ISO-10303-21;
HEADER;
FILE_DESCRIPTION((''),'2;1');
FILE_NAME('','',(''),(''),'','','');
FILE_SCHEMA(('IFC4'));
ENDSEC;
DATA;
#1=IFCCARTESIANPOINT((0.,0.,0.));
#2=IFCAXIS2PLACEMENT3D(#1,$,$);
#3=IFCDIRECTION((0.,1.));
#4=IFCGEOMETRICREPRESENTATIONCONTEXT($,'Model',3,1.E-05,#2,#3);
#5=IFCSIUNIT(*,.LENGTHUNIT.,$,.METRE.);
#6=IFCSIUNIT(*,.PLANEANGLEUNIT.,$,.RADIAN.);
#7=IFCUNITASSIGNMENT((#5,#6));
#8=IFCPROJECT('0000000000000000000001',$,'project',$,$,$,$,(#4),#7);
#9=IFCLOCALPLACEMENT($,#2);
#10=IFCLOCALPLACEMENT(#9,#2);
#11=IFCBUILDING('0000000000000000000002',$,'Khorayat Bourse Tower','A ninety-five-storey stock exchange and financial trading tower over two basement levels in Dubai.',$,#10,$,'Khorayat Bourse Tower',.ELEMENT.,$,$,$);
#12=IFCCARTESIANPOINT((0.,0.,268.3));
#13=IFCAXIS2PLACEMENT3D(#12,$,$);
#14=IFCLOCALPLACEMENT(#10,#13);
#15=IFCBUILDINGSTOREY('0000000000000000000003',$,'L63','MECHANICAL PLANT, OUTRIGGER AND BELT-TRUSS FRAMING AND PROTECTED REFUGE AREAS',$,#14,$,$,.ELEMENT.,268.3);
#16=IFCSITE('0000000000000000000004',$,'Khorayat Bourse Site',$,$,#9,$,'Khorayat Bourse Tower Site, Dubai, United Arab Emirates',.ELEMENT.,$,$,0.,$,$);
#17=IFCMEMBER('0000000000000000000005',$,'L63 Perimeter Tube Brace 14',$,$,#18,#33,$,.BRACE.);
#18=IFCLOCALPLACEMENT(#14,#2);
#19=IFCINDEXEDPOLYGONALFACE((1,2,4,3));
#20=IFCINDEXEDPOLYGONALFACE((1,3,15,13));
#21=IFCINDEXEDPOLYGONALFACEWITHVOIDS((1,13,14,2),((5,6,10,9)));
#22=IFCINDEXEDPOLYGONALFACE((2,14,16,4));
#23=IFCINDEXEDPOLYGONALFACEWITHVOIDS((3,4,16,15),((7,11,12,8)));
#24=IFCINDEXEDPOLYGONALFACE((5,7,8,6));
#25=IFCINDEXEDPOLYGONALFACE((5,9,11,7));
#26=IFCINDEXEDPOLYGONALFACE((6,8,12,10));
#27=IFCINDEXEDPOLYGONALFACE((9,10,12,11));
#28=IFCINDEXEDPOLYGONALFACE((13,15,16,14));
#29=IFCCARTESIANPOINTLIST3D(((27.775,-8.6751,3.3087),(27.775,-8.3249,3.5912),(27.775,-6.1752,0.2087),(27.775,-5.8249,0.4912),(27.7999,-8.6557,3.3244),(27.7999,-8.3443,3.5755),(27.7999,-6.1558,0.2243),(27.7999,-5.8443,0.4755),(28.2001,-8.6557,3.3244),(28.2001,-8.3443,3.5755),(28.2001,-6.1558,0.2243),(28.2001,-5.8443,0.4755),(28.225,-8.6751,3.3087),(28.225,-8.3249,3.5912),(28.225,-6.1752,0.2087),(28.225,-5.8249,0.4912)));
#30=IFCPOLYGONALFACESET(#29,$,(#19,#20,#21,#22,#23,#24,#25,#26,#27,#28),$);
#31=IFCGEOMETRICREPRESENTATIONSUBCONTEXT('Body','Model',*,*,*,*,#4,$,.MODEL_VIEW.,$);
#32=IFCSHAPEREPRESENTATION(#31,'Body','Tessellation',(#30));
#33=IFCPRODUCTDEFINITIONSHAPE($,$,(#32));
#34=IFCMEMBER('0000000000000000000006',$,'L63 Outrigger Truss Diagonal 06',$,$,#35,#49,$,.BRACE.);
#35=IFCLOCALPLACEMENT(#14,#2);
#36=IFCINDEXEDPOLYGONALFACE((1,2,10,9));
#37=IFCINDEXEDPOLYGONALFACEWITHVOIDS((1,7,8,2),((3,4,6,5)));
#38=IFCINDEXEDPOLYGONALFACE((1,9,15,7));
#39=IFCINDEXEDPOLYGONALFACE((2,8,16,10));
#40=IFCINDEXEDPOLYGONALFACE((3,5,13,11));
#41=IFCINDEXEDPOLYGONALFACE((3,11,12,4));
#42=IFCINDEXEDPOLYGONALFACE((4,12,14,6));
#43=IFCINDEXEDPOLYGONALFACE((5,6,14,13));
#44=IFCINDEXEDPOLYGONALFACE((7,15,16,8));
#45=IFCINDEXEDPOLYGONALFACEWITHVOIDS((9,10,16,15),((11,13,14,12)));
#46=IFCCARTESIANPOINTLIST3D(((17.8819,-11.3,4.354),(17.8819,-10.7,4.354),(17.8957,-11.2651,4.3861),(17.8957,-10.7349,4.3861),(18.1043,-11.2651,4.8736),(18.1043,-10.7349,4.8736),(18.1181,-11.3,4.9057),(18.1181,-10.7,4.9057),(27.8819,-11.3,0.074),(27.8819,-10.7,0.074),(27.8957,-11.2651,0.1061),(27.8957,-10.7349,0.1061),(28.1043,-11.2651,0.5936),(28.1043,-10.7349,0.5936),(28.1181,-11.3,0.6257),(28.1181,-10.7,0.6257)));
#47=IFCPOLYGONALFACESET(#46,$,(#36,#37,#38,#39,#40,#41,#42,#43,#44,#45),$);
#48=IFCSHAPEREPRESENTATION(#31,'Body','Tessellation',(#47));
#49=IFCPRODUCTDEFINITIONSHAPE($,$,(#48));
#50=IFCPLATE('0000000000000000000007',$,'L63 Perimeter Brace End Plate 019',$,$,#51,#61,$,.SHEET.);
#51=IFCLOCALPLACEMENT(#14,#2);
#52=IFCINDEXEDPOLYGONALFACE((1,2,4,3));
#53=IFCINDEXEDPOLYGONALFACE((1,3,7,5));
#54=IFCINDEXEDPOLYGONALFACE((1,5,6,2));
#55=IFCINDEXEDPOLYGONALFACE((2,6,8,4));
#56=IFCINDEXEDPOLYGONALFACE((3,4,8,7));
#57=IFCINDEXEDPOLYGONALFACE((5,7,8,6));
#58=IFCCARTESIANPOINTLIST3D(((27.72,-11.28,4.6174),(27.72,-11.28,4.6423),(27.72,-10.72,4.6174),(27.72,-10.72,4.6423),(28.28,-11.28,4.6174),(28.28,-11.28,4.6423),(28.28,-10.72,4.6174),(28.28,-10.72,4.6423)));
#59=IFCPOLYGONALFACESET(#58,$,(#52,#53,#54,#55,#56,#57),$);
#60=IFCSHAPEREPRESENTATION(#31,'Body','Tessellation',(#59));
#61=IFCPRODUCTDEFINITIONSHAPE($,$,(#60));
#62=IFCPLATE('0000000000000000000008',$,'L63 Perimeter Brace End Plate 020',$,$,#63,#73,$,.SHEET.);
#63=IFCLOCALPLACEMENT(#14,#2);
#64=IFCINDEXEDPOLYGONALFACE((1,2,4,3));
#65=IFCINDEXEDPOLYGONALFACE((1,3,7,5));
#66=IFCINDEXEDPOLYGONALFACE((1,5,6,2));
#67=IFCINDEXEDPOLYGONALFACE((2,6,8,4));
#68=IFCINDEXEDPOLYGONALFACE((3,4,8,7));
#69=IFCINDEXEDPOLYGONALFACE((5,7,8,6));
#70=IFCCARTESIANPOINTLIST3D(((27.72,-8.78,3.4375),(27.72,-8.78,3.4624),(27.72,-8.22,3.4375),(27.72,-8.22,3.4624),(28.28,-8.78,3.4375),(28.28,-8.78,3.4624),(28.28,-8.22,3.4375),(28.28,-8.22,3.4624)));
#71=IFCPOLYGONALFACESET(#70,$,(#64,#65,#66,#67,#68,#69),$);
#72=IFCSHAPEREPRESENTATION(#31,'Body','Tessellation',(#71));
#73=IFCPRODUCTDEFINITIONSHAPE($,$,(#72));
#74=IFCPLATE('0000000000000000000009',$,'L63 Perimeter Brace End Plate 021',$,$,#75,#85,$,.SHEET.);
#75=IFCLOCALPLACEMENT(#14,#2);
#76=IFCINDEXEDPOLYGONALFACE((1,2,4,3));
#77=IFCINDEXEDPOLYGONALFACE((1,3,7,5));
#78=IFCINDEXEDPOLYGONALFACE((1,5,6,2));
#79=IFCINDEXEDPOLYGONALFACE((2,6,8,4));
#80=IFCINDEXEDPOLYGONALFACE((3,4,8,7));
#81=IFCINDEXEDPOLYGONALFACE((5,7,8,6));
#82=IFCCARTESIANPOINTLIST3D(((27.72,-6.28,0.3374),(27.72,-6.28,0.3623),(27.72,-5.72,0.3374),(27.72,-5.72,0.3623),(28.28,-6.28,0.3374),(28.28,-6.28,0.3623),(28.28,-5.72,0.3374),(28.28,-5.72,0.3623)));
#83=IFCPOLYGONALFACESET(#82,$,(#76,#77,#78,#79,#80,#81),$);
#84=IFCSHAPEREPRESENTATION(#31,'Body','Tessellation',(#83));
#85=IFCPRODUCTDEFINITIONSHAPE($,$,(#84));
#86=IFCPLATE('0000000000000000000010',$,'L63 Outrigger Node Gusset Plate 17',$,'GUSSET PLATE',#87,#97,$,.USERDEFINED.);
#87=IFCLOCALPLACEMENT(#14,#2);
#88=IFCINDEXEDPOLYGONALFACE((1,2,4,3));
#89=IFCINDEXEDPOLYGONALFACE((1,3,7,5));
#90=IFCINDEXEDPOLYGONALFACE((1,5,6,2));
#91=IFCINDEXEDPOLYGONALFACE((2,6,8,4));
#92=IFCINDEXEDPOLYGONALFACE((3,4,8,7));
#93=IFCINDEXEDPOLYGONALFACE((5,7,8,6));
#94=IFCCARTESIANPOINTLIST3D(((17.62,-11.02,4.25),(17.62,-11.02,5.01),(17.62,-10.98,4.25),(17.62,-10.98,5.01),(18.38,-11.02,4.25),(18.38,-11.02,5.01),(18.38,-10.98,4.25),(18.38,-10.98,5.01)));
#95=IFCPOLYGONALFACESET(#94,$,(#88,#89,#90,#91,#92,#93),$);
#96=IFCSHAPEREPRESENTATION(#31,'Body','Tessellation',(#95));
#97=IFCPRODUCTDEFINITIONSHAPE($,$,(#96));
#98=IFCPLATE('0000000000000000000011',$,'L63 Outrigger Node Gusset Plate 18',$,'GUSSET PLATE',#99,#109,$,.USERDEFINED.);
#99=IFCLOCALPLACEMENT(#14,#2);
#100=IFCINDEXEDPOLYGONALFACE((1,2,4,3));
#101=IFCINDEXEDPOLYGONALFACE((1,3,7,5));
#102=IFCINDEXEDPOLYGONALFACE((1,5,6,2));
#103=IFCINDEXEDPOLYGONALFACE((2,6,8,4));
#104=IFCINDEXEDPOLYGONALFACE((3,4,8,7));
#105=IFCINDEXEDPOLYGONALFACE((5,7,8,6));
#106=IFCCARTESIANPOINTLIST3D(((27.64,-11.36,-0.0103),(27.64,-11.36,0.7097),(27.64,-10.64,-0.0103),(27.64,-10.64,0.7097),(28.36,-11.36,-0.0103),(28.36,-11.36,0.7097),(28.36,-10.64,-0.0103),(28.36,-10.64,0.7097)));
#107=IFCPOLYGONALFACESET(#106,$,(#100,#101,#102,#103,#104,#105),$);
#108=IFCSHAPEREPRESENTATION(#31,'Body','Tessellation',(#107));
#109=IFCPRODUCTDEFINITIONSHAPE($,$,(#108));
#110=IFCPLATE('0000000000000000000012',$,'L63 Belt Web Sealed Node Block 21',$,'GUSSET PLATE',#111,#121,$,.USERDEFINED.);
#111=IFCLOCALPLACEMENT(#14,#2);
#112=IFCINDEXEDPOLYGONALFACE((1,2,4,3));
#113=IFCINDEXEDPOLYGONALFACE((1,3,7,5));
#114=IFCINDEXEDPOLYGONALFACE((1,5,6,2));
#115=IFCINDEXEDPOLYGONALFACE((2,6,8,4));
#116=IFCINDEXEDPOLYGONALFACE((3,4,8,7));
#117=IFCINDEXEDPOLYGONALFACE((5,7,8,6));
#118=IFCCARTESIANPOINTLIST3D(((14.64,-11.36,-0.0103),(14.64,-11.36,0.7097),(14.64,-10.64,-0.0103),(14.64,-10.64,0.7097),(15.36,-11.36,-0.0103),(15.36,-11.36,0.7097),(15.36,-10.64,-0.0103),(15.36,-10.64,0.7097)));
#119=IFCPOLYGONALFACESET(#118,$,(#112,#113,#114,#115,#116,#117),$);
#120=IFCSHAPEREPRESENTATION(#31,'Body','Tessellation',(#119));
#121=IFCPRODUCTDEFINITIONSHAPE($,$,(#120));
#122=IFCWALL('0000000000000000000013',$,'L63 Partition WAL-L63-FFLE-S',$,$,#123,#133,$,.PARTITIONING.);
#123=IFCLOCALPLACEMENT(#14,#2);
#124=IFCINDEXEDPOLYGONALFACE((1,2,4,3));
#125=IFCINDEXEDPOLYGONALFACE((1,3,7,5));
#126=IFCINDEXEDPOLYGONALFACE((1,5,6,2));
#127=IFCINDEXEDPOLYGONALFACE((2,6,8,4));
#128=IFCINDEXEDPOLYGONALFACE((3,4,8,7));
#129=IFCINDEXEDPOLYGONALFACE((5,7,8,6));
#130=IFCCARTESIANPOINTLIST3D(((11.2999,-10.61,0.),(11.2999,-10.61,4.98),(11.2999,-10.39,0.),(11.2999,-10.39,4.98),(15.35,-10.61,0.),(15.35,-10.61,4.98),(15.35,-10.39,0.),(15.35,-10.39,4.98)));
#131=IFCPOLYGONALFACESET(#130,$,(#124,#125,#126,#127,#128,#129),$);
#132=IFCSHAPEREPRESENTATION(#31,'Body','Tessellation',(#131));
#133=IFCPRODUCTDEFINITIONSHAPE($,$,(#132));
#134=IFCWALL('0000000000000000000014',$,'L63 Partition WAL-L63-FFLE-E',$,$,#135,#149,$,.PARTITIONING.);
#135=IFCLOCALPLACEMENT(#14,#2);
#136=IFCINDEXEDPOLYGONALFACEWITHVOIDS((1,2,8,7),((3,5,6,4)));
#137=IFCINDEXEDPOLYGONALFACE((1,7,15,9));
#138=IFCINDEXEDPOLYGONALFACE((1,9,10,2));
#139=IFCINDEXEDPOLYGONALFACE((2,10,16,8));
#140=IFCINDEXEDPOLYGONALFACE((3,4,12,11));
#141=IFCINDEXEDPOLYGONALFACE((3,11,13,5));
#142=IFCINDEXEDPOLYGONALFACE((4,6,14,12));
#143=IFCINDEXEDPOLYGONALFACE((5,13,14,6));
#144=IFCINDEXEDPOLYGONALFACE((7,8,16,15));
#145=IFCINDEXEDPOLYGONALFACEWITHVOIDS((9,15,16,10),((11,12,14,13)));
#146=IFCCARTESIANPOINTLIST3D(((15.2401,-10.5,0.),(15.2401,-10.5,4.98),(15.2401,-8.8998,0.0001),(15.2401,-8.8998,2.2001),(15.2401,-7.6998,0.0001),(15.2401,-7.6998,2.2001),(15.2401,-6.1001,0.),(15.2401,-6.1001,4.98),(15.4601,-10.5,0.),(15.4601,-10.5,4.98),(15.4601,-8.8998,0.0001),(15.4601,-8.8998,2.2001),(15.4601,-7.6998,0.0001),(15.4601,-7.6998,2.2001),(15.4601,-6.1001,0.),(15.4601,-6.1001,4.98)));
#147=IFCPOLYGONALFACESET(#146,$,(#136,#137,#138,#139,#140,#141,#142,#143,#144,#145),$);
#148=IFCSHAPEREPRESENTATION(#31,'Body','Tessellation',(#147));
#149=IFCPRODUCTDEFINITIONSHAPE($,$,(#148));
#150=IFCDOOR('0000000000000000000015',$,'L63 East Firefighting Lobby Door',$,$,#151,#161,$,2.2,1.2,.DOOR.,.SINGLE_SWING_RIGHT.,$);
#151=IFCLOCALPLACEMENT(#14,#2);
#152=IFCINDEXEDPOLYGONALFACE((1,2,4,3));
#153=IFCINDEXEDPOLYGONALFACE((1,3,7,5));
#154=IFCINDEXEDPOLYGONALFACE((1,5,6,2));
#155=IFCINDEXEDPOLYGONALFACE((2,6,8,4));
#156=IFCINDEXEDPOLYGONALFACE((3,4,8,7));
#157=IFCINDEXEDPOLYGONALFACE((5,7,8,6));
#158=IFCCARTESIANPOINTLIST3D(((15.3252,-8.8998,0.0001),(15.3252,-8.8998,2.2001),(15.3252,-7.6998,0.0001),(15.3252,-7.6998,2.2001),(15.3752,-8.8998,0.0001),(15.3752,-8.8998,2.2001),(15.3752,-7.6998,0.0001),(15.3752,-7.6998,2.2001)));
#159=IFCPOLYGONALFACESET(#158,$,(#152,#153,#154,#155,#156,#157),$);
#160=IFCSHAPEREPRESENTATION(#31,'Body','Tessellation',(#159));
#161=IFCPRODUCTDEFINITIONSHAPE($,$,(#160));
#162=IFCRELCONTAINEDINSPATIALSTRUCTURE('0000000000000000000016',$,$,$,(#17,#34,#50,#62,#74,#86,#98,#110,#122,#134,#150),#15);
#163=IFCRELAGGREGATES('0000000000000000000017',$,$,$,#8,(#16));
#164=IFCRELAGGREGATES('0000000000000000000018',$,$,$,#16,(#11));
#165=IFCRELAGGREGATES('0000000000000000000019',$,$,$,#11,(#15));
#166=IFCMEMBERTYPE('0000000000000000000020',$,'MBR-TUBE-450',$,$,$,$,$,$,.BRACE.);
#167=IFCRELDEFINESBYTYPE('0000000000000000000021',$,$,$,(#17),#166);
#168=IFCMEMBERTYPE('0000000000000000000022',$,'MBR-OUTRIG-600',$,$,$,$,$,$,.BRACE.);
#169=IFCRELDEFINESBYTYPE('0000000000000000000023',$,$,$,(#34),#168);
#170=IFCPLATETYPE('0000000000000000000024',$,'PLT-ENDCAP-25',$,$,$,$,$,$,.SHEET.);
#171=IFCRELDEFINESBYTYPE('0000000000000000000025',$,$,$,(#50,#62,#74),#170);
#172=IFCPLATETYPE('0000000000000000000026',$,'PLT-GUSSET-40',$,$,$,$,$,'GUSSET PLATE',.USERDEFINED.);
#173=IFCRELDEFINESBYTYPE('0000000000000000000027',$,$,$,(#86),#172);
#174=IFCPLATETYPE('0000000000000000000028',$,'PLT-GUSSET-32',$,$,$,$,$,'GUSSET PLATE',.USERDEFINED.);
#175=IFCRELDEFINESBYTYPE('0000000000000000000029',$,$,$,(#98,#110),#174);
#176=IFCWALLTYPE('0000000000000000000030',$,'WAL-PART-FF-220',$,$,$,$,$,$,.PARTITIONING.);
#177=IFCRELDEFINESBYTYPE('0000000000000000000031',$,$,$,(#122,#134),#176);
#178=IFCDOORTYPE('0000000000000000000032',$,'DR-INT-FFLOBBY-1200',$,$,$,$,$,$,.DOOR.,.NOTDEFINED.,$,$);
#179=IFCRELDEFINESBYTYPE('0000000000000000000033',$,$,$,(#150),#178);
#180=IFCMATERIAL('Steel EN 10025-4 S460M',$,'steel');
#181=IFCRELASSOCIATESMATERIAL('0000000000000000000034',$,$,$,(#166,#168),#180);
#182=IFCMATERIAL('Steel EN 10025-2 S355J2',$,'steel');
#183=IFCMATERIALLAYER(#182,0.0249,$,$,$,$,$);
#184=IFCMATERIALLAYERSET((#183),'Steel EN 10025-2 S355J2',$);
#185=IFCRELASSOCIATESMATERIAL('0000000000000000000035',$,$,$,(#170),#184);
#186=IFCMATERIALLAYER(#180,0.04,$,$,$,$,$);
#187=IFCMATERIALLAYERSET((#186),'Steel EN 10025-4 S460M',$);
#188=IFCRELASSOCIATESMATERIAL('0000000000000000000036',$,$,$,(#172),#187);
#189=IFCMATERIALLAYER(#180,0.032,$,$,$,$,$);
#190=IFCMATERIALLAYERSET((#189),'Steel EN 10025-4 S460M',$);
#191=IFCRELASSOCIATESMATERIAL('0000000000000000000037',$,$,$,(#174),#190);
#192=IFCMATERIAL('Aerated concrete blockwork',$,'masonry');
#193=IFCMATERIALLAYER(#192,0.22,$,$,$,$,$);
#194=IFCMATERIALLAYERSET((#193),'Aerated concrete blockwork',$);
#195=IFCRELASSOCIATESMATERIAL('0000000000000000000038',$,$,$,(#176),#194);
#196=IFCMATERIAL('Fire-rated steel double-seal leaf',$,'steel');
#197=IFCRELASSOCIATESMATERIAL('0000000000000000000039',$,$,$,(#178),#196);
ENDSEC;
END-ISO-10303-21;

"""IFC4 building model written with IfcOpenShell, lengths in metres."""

from ifc_helpers import new_model, si_unit, direction, frame, frame_2d, origin, origin_2d, place, context, subcontext, project, spatial, rectangle, hollow_rectangle, extrude, source, transform, mapped, material, layer, layer_set, material_profile, profile_set, type_object, element, fill, save


model = new_model("IFC4")

# Units and contexts
model_context = context("Model", 3, precision=1e-05, world=origin(), true_north=direction((0.0, 1.0)))
body_context = subcontext(model_context, "Body", "Model", "MODEL_VIEW")
ifc_project = project(units=[si_unit("LENGTHUNIT", "METRE"), si_unit("PLANEANGLEUNIT", "RADIAN")], contexts=[model_context])

# Site, building, storey
site_placement = place(None, origin())
site = spatial("IfcSite", under=ifc_project, at=site_placement, Name="Khorayat Bourse Site", LongName="Khorayat Bourse Tower Site, Dubai, United Arab Emirates", CompositionType="ELEMENT", RefElevation=0.0)
building_placement = place(site_placement, origin())
building = spatial("IfcBuilding", under=site, at=building_placement, Name="Khorayat Bourse Tower", Description="A ninety-five-storey stock exchange and financial trading tower over two basement levels in Dubai.", LongName="Khorayat Bourse Tower", CompositionType="ELEMENT")
storey_placement = place(building_placement, frame((0.0, 0.0, 268.3)))
storey = spatial("IfcBuildingStorey", under=building, at=storey_placement, Name="L63", Description="MECHANICAL PLANT, OUTRIGGER AND BELT-TRUSS FRAMING AND PROTECTED REFUGE AREAS", CompositionType="ELEMENT", Elevation=268.3)

# Shared definitions
ifc_material_1 = material(Name="Steel EN 10025-4 S460M", Category="steel")

# Members
ifc_material_profile_1 = material_profile(ifc_material_1, hollow_rectangle(XDim=0.45, YDim=0.45, WallThickness=0.0249, at=origin_2d()), Name="HSS 450x450x25")
ifc_profile_set_1 = profile_set([ifc_material_profile_1], Name="Steel EN 10025-4 S460M")
member_type_1 = type_object("IfcMemberType", Name="MBR-TUBE-450", PredefinedType="BRACE", material=ifc_profile_set_1)
shared_shape_1 = source(origin(), body_context, "Body", "SweptSolid", [
    extrude(hollow_rectangle(XDim=0.45, YDim=0.45, WallThickness=0.0249, at=origin_2d()), origin(), (0.0, 0.0, 1.0), 3.9824),
])
member_1_placement = place(storey_placement, frame((28.0, -8.5, 3.45), z_axis=(0.0, 0.62774, -0.778423), x_axis=(-1.0, 0.0, 0.0)))
element("IfcMember", 1, at=member_1_placement, inside=storey, type_object=member_type_1, Name="L63 Perimeter Tube Brace 14", PredefinedType="BRACE", context=body_context, shape_type="MappedRepresentation", body=[
    mapped(shared_shape_1, transform((0.0, 0.0, 0.0), scale=1.0)),
])
ifc_material_profile_2 = material_profile(ifc_material_1, hollow_rectangle(XDim=0.6001, YDim=0.6001, WallThickness=0.0349, at=origin_2d()), Name="BOX 600x600x35")
ifc_profile_set_2 = profile_set([ifc_material_profile_2], Name="Steel EN 10025-4 S460M")
member_type_2 = type_object("IfcMemberType", Name="MBR-OUTRIG-600", PredefinedType="BRACE", material=ifc_profile_set_2)
shared_shape_2 = source(origin(), body_context, "Body", "SweptSolid", [
    extrude(hollow_rectangle(XDim=0.6001, YDim=0.6001, WallThickness=0.0349, at=origin_2d()), origin(), (0.0, 0.0, 1.0), 10.8774),
])
member_2_placement = place(storey_placement, frame((18.0, -11.0, 4.6299), z_axis=(0.919334, 0.0, -0.393478), x_axis=(0.0, 1.0, 0.0)))
element("IfcMember", 2, at=member_2_placement, inside=storey, type_object=member_type_2, Name="L63 Outrigger Truss Diagonal 06", PredefinedType="BRACE", context=body_context, shape_type="MappedRepresentation", body=[
    mapped(shared_shape_2, transform((0.0, 0.0, 0.0), scale=1.0)),
])

# Plates
ifc_material_2 = material(Name="Steel EN 10025-2 S355J2", Category="steel")
ifc_layer_1 = layer(ifc_material_2, 0.0249)
ifc_layer_set_1 = layer_set([ifc_layer_1], Name="Steel EN 10025-2 S355J2")
plate_type_1 = type_object("IfcPlateType", Name="PLT-ENDCAP-25", PredefinedType="SHEET", material=ifc_layer_set_1)
shared_shape_3 = source(origin(), body_context, "Body", "SweptSolid", [
    extrude(rectangle(XDim=0.5601, YDim=0.5601, at=origin_2d()), origin(), (0.0, 0.0, 1.0), 0.0249),
])
for number, where, z_axis, x_axis, name in (
    (3, (28.0, -11.0, 4.6174), (0.0, 0.0, 1.0), (1.0, 0.0, 0.0), "L63 Perimeter Brace End Plate 019"),
    (4, (28.0, -8.5, 3.4375), (0.0, 0.0, 1.0), (1.0, 0.0, 0.0), "L63 Perimeter Brace End Plate 020"),
    (5, (28.0, -6.0, 0.3374), (0.0, 0.0, 1.0), (1.0, 0.0, 0.0), "L63 Perimeter Brace End Plate 021"),
):
    element("IfcPlate", number, at=place(storey_placement, frame(where, z_axis=z_axis, x_axis=x_axis)), inside=storey, type_object=plate_type_1, Name=name, PredefinedType="SHEET", context=body_context, shape_type="MappedRepresentation", body=[
        mapped(shared_shape_3, transform((0.0, 0.0, 0.0), scale=1.0)),
    ])
ifc_layer_2 = layer(ifc_material_1, 0.04)
ifc_layer_set_2 = layer_set([ifc_layer_2], Name="Steel EN 10025-4 S460M")
plate_type_2 = type_object("IfcPlateType", Name="PLT-GUSSET-40", ElementType="GUSSET PLATE", PredefinedType="USERDEFINED", material=ifc_layer_set_2)
shared_shape_4 = source(origin(), body_context, "Body", "SweptSolid", [
    extrude(rectangle(XDim=0.76, YDim=0.04, at=origin_2d()), origin(), (0.0, 0.0, 1.0), 0.76),
])
plate_placement = place(storey_placement, frame((18.0, -11.0, 4.25), z_axis=(0.0, 0.0, 1.0), x_axis=(1.0, 0.0, 0.0)))
element("IfcPlate", 6, at=plate_placement, inside=storey, type_object=plate_type_2, Name="L63 Outrigger Node Gusset Plate 17", ObjectType="GUSSET PLATE", PredefinedType="USERDEFINED", context=body_context, shape_type="MappedRepresentation", body=[
    mapped(shared_shape_4, transform((0.0, 0.0, 0.0), scale=1.0)),
])
ifc_layer_3 = layer(ifc_material_1, 0.032)
ifc_layer_set_3 = layer_set([ifc_layer_3], Name="Steel EN 10025-4 S460M")
plate_type_3 = type_object("IfcPlateType", Name="PLT-GUSSET-32", ElementType="GUSSET PLATE", PredefinedType="USERDEFINED", material=ifc_layer_set_3)
shared_shape_5 = source(origin(), body_context, "Body", "SweptSolid", [
    extrude(rectangle(XDim=0.72, YDim=0.72, at=origin_2d()), origin(), (0.0, 0.0, 1.0), 0.72),
])
for number, where, z_axis, x_axis, name in (
    (7, (28.0, -11.0, -0.0103), (0.0, 0.0, 1.0), (1.0, 0.0, 0.0), "L63 Outrigger Node Gusset Plate 18"),
    (8, (15.0, -11.0, -0.0103), (0.0, 0.0, 1.0), (1.0, 0.0, 0.0), "L63 Belt Web Sealed Node Block 21"),
):
    element("IfcPlate", number, at=place(storey_placement, frame(where, z_axis=z_axis, x_axis=x_axis)), inside=storey, type_object=plate_type_3, Name=name, ObjectType="GUSSET PLATE", PredefinedType="USERDEFINED", context=body_context, shape_type="MappedRepresentation", body=[
        mapped(shared_shape_5, transform((0.0, 0.0, 0.0), scale=1.0)),
    ])

# Wall
ifc_material_3 = material(Name="Aerated concrete blockwork", Category="masonry")
ifc_layer_4 = layer(ifc_material_3, 0.22)
ifc_layer_set_4 = layer_set([ifc_layer_4], Name="Aerated concrete blockwork")
wall_type_1 = type_object("IfcWallType", Name="WAL-PART-FF-220", PredefinedType="PARTITIONING", material=ifc_layer_set_4)
shared_shape_6 = source(origin(), body_context, "Body", "SweptSolid", [
    extrude(rectangle(XDim=4.05, YDim=0.22, at=frame_2d((2.0249, 0.0))), origin(), (0.0, 0.0, 1.0), 4.98),
])
wall_1_placement = place(storey_placement, frame((11.3, -10.5, 0.0), z_axis=(0.0, 0.0, 1.0), x_axis=(1.0, 0.0, 0.0)))
element("IfcWall", 9, at=wall_1_placement, inside=storey, type_object=wall_type_1, Name="L63 Partition WAL-L63-FFLE-S", PredefinedType="PARTITIONING", context=body_context, shape_type="MappedRepresentation", body=[
    mapped(shared_shape_6, transform((0.0, 0.0, 0.0), scale=1.0)),
])

# Wall, opening, door
shared_shape_7 = source(origin(), body_context, "Body", "SweptSolid", [
    extrude(rectangle(XDim=4.3999, YDim=0.22, at=frame_2d((2.2, 0.0))), origin(), (0.0, 0.0, 1.0), 4.98),
])
wall_2_placement = place(storey_placement, frame((15.3501, -10.5, 0.0), z_axis=(0.0, 0.0, 1.0), x_axis=(0.0, 1.0, 0.0)))
wall_2 = element("IfcWall", 10, at=wall_2_placement, inside=storey, type_object=wall_type_1, Name="L63 Partition WAL-L63-FFLE-E", PredefinedType="PARTITIONING", context=body_context, shape_type="MappedRepresentation", body=[
    mapped(shared_shape_7, transform((0.0, 0.0, 0.0), scale=1.0)),
])
shared_shape_8 = source(origin(), body_context, "Body", "SweptSolid", [
    extrude(rectangle(XDim=1.2, YDim=2.2, at=frame_2d((0.6001, 1.1001))), frame((0.0, 0.1199, 0.0), z_axis=(0.0, -1.0, 0.0), x_axis=(1.0, 0.0, 0.0)), (0.0, 0.0, 1.0), 0.24),
])
opening_1_placement = place(wall_2_placement, frame((1.6001, 0.0, 0.0)))
opening_1 = element("IfcOpeningElement", 11, at=opening_1_placement, cuts=wall_2, PredefinedType="OPENING", context=body_context, shape_type="MappedRepresentation", body=[
    mapped(shared_shape_8, transform((0.0, 0.0, 0.0), scale=1.0)),
])
ifc_material_4 = material(Name="Fire-rated steel double-seal leaf", Category="steel")
door_type_1 = type_object("IfcDoorType", Name="DR-INT-FFLOBBY-1200", OperationType="NOTDEFINED", PredefinedType="DOOR", material=ifc_material_4)
shared_shape_9 = source(origin(), body_context, "Body", "SweptSolid", [
    extrude(rectangle(XDim=1.2, YDim=2.2, at=frame_2d((0.6001, 1.1001))), frame((0.0, 0.0249, 0.0), z_axis=(0.0, -1.0, 0.0), x_axis=(1.0, 0.0, 0.0)), (0.0, 0.0, 1.0), 0.05),
])
door_1_placement = place(opening_1_placement, origin())
door_1 = element("IfcDoor", 12, at=door_1_placement, inside=storey, type_object=door_type_1, Name="L63 East Firefighting Lobby Door", OperationType="SINGLE_SWING_RIGHT", OverallHeight=2.2, OverallWidth=1.2, PredefinedType="DOOR", context=body_context, shape_type="MappedRepresentation", body=[
    mapped(shared_shape_9, transform((0.0, 0.0, 0.0), scale=1.0)),
])
fill(opening_1, door_1)

save(model, "model.ifc")
